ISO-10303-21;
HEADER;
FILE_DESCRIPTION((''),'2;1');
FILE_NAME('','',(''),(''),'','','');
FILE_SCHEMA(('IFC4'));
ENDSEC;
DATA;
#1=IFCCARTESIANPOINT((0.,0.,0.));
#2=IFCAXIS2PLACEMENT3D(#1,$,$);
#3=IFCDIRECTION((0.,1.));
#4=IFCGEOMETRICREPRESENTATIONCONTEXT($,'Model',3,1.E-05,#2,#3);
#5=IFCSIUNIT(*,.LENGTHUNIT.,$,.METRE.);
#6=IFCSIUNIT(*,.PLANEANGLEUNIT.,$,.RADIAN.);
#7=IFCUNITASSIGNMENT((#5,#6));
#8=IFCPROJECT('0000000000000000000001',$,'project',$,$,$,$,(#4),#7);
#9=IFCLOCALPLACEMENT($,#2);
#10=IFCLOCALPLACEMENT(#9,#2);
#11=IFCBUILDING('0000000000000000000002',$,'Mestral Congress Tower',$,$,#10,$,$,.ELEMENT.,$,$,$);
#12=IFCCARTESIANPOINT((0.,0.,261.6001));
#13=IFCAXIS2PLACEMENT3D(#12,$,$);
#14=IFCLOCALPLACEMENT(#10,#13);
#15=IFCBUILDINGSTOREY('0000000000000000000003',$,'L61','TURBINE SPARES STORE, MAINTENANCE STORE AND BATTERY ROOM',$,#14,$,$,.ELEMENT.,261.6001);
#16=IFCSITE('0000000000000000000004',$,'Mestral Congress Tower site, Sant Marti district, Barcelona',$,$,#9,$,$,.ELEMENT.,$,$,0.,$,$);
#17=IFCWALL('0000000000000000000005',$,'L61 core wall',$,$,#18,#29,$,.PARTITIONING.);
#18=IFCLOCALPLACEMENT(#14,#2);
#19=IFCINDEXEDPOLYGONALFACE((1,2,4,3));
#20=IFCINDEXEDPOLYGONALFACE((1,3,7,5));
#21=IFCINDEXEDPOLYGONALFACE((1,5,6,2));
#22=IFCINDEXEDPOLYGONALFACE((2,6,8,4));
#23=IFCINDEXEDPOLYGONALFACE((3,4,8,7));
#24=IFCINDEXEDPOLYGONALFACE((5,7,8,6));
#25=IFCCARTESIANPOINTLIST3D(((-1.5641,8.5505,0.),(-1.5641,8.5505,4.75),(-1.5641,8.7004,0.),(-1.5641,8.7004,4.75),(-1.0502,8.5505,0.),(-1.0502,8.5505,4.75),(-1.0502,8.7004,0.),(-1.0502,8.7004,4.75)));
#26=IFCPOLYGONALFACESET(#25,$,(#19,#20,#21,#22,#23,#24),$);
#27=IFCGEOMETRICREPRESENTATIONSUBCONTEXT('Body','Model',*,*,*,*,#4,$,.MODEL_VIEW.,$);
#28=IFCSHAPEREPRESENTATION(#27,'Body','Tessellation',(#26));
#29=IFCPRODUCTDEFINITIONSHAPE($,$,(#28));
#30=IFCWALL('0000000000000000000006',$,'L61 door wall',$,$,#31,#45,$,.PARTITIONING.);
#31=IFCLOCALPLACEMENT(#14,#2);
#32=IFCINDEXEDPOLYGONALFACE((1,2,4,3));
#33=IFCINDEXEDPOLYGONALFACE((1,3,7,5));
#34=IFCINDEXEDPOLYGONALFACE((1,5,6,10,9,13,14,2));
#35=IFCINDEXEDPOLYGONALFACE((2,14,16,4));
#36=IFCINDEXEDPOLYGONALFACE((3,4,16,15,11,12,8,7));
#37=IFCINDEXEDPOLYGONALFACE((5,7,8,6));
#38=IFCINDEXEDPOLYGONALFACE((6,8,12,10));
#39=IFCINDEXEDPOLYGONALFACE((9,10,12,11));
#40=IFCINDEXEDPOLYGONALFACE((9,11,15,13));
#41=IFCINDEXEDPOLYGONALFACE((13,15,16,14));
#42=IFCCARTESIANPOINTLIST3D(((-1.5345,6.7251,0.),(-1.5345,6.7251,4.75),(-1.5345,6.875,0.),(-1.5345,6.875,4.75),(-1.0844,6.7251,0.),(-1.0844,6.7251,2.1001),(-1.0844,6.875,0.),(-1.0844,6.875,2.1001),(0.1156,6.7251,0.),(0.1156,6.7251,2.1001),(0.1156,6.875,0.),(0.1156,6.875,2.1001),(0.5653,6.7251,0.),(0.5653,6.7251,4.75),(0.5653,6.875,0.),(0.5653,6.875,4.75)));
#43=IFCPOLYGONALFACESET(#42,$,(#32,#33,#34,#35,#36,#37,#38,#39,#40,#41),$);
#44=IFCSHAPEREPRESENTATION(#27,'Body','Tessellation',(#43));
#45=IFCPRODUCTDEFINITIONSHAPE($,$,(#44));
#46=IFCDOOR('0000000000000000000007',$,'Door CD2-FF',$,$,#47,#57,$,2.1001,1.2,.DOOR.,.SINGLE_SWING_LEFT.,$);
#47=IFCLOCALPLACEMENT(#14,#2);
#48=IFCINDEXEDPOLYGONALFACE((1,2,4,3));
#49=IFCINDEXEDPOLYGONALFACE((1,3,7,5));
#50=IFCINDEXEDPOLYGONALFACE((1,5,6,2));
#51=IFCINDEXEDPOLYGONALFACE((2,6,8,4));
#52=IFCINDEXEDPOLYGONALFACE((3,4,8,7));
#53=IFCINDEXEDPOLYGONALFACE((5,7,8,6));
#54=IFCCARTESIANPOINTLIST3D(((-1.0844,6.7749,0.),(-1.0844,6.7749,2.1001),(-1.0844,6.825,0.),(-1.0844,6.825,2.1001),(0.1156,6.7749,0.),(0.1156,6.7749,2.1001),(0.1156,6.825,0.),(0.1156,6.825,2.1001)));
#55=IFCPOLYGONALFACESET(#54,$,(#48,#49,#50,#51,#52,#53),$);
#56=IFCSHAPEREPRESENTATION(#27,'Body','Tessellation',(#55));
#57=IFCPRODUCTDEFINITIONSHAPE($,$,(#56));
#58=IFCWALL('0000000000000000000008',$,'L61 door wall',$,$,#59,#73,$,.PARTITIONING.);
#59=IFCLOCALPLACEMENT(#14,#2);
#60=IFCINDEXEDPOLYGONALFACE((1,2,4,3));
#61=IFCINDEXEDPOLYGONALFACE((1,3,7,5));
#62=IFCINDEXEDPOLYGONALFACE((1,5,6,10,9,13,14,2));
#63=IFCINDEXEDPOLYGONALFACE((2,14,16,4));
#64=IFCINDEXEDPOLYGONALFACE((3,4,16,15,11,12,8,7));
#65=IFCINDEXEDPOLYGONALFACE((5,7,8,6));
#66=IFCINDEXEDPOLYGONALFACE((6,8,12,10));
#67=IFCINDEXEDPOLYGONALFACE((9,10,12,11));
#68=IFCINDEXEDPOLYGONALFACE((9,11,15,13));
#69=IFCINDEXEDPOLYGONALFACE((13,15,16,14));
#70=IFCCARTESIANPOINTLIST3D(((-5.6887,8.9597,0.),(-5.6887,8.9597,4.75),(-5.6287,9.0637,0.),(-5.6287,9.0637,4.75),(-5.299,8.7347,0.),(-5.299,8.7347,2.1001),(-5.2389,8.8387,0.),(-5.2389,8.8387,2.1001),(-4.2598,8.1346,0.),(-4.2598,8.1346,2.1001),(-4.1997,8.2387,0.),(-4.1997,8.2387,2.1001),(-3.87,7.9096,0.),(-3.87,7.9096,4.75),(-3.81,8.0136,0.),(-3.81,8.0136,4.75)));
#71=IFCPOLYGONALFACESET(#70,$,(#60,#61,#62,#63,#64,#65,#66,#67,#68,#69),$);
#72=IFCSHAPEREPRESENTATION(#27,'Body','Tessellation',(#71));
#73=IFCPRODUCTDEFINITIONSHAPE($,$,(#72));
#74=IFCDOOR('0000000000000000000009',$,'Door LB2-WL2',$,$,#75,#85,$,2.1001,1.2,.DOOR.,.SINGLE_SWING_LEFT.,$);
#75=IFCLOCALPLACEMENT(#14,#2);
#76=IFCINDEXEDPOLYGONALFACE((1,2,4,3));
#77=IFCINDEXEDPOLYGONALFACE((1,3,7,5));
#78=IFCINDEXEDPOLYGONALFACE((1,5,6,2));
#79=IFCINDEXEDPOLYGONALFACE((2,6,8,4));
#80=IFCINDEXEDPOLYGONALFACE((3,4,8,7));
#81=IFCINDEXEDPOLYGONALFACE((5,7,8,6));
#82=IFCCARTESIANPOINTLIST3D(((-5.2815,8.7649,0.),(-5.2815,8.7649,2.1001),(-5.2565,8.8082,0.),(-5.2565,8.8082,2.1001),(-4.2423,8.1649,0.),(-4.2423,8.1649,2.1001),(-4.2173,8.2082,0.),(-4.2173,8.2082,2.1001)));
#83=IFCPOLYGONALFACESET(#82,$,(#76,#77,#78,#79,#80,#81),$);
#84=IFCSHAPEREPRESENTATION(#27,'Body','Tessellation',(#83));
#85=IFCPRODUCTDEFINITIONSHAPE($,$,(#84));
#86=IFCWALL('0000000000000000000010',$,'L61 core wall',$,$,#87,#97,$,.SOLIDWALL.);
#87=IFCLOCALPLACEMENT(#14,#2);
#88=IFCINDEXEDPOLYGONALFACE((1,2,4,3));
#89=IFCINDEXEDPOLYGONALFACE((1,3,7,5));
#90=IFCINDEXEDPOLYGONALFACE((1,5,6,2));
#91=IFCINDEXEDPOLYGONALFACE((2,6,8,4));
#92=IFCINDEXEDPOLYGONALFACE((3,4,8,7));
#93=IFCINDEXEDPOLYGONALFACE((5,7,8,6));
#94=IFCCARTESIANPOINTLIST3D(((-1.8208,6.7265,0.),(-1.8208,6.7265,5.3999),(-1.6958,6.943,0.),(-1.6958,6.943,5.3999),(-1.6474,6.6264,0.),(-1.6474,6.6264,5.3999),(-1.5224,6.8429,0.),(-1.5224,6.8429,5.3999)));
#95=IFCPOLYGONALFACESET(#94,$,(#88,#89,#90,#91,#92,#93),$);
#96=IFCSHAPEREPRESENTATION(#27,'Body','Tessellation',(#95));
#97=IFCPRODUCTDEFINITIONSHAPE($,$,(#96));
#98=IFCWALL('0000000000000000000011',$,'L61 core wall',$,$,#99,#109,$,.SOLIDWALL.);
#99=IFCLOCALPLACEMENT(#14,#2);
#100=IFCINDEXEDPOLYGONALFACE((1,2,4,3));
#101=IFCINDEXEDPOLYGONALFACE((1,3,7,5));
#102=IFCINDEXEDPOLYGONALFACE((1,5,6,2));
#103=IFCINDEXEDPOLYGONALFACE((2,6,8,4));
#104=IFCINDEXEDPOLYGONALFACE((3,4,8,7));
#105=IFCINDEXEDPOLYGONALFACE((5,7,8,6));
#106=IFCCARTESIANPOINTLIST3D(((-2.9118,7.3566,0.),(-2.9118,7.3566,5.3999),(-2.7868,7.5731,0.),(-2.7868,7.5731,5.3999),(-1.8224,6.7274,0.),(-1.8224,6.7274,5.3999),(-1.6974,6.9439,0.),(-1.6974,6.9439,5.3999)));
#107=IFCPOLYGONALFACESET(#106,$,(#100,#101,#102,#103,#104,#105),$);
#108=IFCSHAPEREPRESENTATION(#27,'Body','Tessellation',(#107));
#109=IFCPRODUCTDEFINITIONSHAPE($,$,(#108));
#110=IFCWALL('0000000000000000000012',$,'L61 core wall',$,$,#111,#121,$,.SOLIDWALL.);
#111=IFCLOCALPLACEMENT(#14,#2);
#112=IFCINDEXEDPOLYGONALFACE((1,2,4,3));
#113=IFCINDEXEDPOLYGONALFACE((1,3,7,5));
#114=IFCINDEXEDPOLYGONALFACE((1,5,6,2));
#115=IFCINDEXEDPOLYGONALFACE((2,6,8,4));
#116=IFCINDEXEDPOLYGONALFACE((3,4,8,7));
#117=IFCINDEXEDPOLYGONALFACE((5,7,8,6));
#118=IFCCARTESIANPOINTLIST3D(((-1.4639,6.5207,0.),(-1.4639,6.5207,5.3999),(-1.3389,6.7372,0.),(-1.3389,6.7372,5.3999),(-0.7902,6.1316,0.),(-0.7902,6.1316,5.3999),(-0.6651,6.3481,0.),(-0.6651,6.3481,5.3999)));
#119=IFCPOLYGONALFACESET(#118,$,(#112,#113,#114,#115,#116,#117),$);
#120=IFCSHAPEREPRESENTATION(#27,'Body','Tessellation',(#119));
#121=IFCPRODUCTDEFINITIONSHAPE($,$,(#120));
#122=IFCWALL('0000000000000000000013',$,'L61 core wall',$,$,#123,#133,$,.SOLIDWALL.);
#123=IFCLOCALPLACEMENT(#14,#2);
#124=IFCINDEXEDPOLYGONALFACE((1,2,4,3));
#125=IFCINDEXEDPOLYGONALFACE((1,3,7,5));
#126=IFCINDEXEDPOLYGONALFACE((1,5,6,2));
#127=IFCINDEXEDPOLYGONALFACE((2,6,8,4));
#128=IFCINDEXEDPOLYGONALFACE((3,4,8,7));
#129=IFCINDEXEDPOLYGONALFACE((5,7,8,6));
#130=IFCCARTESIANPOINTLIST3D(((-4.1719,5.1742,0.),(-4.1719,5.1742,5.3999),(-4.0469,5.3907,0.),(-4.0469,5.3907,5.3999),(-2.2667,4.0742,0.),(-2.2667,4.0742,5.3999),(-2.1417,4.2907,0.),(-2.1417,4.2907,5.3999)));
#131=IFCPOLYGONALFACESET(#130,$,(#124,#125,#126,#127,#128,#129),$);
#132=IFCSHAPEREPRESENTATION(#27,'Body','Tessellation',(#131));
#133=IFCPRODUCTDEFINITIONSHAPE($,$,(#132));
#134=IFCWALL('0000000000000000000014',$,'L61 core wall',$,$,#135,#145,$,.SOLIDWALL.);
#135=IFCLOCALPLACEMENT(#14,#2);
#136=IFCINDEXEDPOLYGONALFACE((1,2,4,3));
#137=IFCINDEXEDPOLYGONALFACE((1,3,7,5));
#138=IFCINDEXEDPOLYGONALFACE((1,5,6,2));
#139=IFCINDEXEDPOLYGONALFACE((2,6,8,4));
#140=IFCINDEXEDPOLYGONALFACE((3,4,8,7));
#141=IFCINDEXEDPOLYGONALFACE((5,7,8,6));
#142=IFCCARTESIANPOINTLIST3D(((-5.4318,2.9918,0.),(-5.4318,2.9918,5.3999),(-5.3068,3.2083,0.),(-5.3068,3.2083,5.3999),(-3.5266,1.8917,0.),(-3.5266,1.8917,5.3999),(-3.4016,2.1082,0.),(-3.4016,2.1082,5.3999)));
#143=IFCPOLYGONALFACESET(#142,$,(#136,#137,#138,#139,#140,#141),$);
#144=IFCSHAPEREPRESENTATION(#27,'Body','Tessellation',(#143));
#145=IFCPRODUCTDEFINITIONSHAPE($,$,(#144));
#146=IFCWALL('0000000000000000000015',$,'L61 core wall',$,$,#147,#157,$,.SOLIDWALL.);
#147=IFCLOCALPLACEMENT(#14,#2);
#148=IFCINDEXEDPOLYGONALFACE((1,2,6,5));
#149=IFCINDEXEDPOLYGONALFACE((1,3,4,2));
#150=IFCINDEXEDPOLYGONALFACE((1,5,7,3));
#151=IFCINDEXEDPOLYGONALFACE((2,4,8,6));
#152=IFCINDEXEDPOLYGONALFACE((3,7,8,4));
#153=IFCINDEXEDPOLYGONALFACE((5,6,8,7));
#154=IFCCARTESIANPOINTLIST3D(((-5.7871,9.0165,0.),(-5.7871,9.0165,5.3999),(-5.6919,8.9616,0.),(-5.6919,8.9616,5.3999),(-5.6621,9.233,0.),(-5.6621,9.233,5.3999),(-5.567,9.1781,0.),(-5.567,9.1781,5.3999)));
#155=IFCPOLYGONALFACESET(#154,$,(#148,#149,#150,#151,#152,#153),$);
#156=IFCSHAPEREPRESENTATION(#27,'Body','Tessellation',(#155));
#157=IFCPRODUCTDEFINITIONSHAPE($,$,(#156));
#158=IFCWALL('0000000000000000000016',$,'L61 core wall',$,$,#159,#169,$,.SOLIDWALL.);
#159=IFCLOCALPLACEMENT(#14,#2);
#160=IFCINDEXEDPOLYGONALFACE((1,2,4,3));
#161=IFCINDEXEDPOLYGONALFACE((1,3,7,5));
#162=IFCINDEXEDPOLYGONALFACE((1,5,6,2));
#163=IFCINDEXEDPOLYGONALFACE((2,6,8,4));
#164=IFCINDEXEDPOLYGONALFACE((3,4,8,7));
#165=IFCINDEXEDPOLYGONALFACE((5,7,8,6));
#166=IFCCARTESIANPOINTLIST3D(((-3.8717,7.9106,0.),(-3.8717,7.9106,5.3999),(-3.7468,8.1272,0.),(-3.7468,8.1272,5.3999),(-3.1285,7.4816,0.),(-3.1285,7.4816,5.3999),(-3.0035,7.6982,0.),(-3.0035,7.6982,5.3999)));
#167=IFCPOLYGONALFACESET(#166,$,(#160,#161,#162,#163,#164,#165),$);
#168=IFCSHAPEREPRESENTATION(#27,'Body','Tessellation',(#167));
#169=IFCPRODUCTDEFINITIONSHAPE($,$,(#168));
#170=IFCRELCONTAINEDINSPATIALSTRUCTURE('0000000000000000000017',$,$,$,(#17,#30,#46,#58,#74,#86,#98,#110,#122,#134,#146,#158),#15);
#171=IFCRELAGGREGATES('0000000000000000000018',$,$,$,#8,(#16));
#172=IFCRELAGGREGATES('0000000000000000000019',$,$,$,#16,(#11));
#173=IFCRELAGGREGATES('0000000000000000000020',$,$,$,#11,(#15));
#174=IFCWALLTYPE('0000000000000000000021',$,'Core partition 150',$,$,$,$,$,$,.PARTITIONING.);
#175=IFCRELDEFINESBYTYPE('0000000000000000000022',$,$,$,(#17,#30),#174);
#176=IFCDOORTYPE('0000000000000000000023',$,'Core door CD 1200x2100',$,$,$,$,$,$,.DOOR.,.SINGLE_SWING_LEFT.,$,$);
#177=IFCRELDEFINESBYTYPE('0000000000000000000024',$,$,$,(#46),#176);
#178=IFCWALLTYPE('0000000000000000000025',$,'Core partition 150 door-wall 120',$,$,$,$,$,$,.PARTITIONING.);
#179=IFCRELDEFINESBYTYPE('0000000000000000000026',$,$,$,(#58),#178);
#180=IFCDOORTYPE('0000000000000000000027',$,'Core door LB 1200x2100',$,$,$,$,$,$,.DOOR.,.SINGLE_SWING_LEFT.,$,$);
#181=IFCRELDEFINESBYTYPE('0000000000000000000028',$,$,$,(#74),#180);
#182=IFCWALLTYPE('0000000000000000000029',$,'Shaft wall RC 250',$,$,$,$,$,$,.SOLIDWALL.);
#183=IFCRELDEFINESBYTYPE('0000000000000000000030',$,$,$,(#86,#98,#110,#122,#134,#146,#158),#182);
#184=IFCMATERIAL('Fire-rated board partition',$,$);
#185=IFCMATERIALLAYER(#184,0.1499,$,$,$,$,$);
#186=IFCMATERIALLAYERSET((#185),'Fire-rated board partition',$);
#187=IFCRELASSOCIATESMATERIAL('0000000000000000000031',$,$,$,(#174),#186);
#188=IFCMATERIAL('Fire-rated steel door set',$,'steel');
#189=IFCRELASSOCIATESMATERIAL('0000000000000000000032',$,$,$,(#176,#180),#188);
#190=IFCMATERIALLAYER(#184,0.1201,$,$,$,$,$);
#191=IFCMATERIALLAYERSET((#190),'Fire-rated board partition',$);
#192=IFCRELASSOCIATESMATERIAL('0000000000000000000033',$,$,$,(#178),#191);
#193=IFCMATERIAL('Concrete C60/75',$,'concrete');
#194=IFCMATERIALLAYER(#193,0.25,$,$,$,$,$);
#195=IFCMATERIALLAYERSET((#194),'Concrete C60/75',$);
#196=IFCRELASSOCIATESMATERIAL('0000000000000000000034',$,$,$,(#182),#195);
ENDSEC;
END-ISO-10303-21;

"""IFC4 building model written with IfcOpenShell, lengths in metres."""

from ifc_helpers import new_model, si_unit, direction, frame, frame_2d, origin, place, context, subcontext, project, spatial, rectangle, extrude, material, layer, layer_set, type_object, element, fill, save


model = new_model("IFC4")

# Units and contexts
model_context = context("Model", 3, precision=1e-05, world=origin(), true_north=direction((0.0, 1.0)))
body_context = subcontext(model_context, "Body", "Model", "MODEL_VIEW")
ifc_project = project(units=[si_unit("LENGTHUNIT", "METRE"), si_unit("PLANEANGLEUNIT", "RADIAN")], contexts=[model_context])

# Site, building, storey
site_placement = place(None, origin())
site = spatial("IfcSite", under=ifc_project, at=site_placement, Name="Mestral Congress Tower site, Sant Marti district, Barcelona", CompositionType="ELEMENT", RefElevation=0.0)
building_placement = place(site_placement, origin())
building = spatial("IfcBuilding", under=site, at=building_placement, Name="Mestral Congress Tower", CompositionType="ELEMENT")
storey_placement = place(building_placement, frame((0.0, 0.0, 261.6001)))
storey = spatial("IfcBuildingStorey", under=building, at=storey_placement, Name="L61", Description="TURBINE SPARES STORE, MAINTENANCE STORE AND BATTERY ROOM", CompositionType="ELEMENT", Elevation=261.6001)

# Wall
ifc_material_1 = material(Name="Fire-rated board partition")
ifc_layer_1 = layer(ifc_material_1, 0.1499)
ifc_layer_set_1 = layer_set([ifc_layer_1], Name="Fire-rated board partition")
wall_type_1 = type_object("IfcWallType", Name="Core partition 150", PredefinedType="PARTITIONING", material=ifc_layer_set_1)
wall_1_placement = place(storey_placement, frame((-1.564, 8.6255, 0.0), z_axis=(0.0, 0.0, 1.0), x_axis=(1.0, 0.0, 0.0)))
element("IfcWall", 1, at=wall_1_placement, inside=storey, type_object=wall_type_1, Name="L61 core wall", PredefinedType="PARTITIONING", context=body_context, shape_type="SweptSolid", body=[
    extrude(rectangle(XDim=0.5139, YDim=0.1499, at=frame_2d((0.2568, 0.0))), origin(), (0.0, 0.0, 1.0), 4.75),
])

# Walls, openings, doors
wall_2_placement = place(storey_placement, frame((-1.5344, 6.8, 0.0), z_axis=(0.0, 0.0, 1.0), x_axis=(1.0, 0.0, 0.0)))
wall_2 = element("IfcWall", 2, at=wall_2_placement, inside=storey, type_object=wall_type_1, Name="L61 door wall", PredefinedType="PARTITIONING", context=body_context, shape_type="SweptSolid", body=[
    extrude(rectangle(XDim=2.0999, YDim=0.1499, at=frame_2d((1.0498, 0.0))), origin(), (0.0, 0.0, 1.0), 4.75),
])
opening_1_placement = place(wall_2_placement, frame((0.45, 0.0, 0.0)))
opening_1 = element("IfcOpeningElement", 3, at=opening_1_placement, cuts=wall_2, PredefinedType="OPENING", context=body_context, shape_type="SweptSolid", body=[
    extrude(rectangle(XDim=1.2, YDim=2.1001, at=frame_2d((0.6001, 1.05))), frame((0.0, 0.085, 0.0), z_axis=(0.0, -1.0, 0.0), x_axis=(1.0, 0.0, 0.0)), (0.0, 0.0, 1.0), 0.1699),
])
ifc_material_2 = material(Name="Fire-rated steel door set", Category="steel")
door_type_1 = type_object("IfcDoorType", Name="Core door CD 1200x2100", OperationType="SINGLE_SWING_LEFT", PredefinedType="DOOR", material=ifc_material_2)
door_1_placement = place(opening_1_placement, origin())
door_1 = element("IfcDoor", 4, at=door_1_placement, inside=storey, type_object=door_type_1, Name="Door CD2-FF", OperationType="SINGLE_SWING_LEFT", OverallHeight=2.1001, OverallWidth=1.2, PredefinedType="DOOR", context=body_context, shape_type="SweptSolid", body=[
    extrude(rectangle(XDim=1.2, YDim=2.1001, at=frame_2d((0.6001, 1.05))), frame((0.0, 0.0249, 0.0), z_axis=(0.0, -1.0, 0.0), x_axis=(1.0, 0.0, 0.0)), (0.0, 0.0, 1.0), 0.05),
])
fill(opening_1, door_1)
ifc_layer_2 = layer(ifc_material_1, 0.1201)
ifc_layer_set_2 = layer_set([ifc_layer_2], Name="Fire-rated board partition")
wall_type_2 = type_object("IfcWallType", Name="Core partition 150 door-wall 120", PredefinedType="PARTITIONING", material=ifc_layer_set_2)
wall_3_placement = place(storey_placement, frame((-5.6587, 9.0117, 0.0), z_axis=(0.0, 0.0, 1.0), x_axis=(0.866009, -0.500028, 0.0)))
wall_3 = element("IfcWall", 5, at=wall_3_placement, inside=storey, type_object=wall_type_2, Name="L61 door wall", PredefinedType="PARTITIONING", context=body_context, shape_type="SweptSolid", body=[
    extrude(rectangle(XDim=2.1001, YDim=0.1201, at=frame_2d((1.05, 0.0))), origin(), (0.0, 0.0, 1.0), 4.75),
])
opening_2_placement = place(wall_3_placement, frame((0.45, 0.0, 0.0)))
opening_2 = element("IfcOpeningElement", 6, at=opening_2_placement, cuts=wall_3, PredefinedType="OPENING", context=body_context, shape_type="SweptSolid", body=[
    extrude(rectangle(XDim=1.2, YDim=2.1001, at=frame_2d((0.6001, 1.05))), frame((0.0, 0.0701, 0.0), z_axis=(0.0, -1.0, 0.0), x_axis=(1.0, 0.0, 0.0)), (0.0, 0.0, 1.0), 0.1401),
])
door_type_2 = type_object("IfcDoorType", Name="Core door LB 1200x2100", OperationType="SINGLE_SWING_LEFT", PredefinedType="DOOR", material=ifc_material_2)
door_2_placement = place(opening_2_placement, origin())
door_2 = element("IfcDoor", 7, at=door_2_placement, inside=storey, type_object=door_type_2, Name="Door LB2-WL2", OperationType="SINGLE_SWING_LEFT", OverallHeight=2.1001, OverallWidth=1.2, PredefinedType="DOOR", context=body_context, shape_type="SweptSolid", body=[
    extrude(rectangle(XDim=1.2, YDim=2.1001, at=frame_2d((0.6001, 1.05))), frame((0.0, 0.0249, 0.0), z_axis=(0.0, -1.0, 0.0), x_axis=(1.0, 0.0, 0.0)), (0.0, 0.0, 1.0), 0.05),
])
fill(opening_2, door_2)

# Walls
ifc_material_3 = material(Name="Concrete C60/75", Category="concrete")
ifc_layer_3 = layer(ifc_material_3, 0.25)
ifc_layer_set_3 = layer_set([ifc_layer_3], Name="Concrete C60/75")
wall_type_3 = type_object("IfcWallType", Name="Shaft wall RC 250", PredefinedType="SOLIDWALL", material=ifc_layer_set_3)
wall_4_placement = place(storey_placement, frame((-1.7583, 6.8347, 0.0), z_axis=(0.0, 0.0, 1.0), x_axis=(0.865982, -0.500074, 0.0)))
element("IfcWall", 8, at=wall_4_placement, inside=storey, type_object=wall_type_3, Name="L61 core wall", PredefinedType="SOLIDWALL", context=body_context, shape_type="SweptSolid", body=[
    extrude(rectangle(XDim=0.2002, YDim=0.25, at=frame_2d((0.1001, 0.0))), origin(), (0.0, 0.0, 1.0), 5.3999),
])
wall_5_placement = place(storey_placement, frame((-1.76, 6.8357, 0.0), z_axis=(0.0, 0.0, 1.0), x_axis=(-0.865953, 0.500126, 0.0)))
element("IfcWall", 9, at=wall_5_placement, inside=storey, type_object=wall_type_3, Name="L61 core wall", PredefinedType="SOLIDWALL", context=body_context, shape_type="SweptSolid", body=[
    extrude(rectangle(XDim=1.2581, YDim=0.25, at=frame_2d((0.6289, 0.0))), origin(), (0.0, 0.0, 1.0), 5.3999),
])
wall_6_placement = place(storey_placement, frame((-0.7275, 6.2397, 0.0), z_axis=(0.0, 0.0, 1.0), x_axis=(-0.865956, 0.500121, 0.0)))
element("IfcWall", 10, at=wall_6_placement, inside=storey, type_object=wall_type_3, Name="L61 core wall", PredefinedType="SOLIDWALL", context=body_context, shape_type="SweptSolid", body=[
    extrude(rectangle(XDim=0.7781, YDim=0.25, at=frame_2d((0.3892, 0.0))), origin(), (0.0, 0.0, 1.0), 5.3999),
])
for number, where, z_axis, x_axis, name in (
    (11, (-2.2041, 4.1824, 0.0), (0.0, 0.0, 1.0), (-0.866008, 0.50003, 0.0), "L61 core wall"),
    (12, (-5.3694, 3.1001, 0.0), (0.0, 0.0, 1.0), (0.866008, -0.50003, 0.0), "L61 core wall"),
):
    element("IfcWall", number, at=place(storey_placement, frame(where, z_axis=z_axis, x_axis=x_axis)), inside=storey, type_object=wall_type_3, Name=name, PredefinedType="SOLIDWALL", context=body_context, shape_type="SweptSolid", body=[
        extrude(rectangle(XDim=2.2, YDim=0.25, at=frame_2d((1.1001, 0.0))), origin(), (0.0, 0.0, 1.0), 5.3999),
    ])
wall_7_placement = place(storey_placement, frame((-5.7246, 9.1248, 0.0), z_axis=(0.0, 0.0, 1.0), x_axis=(0.866186, -0.499722, 0.0)))
element("IfcWall", 13, at=wall_7_placement, inside=storey, type_object=wall_type_3, Name="L61 core wall", PredefinedType="SOLIDWALL", context=body_context, shape_type="SweptSolid", body=[
    extrude(rectangle(XDim=0.1099, YDim=0.25, at=frame_2d((0.0549, 0.0))), origin(), (0.0, 0.0, 1.0), 5.3999),
])
wall_8_placement = place(storey_placement, frame((-3.0659, 7.5898, 0.0), z_axis=(0.0, 0.0, 1.0), x_axis=(-0.866081, 0.499903, 0.0)))
element("IfcWall", 14, at=wall_8_placement, inside=storey, type_object=wall_type_3, Name="L61 core wall", PredefinedType="SOLIDWALL", context=body_context, shape_type="SweptSolid", body=[
    extrude(rectangle(XDim=0.8582, YDim=0.25, at=frame_2d((0.4292, 0.0))), origin(), (0.0, 0.0, 1.0), 5.3999),
])

save(model, "model.ifc")
